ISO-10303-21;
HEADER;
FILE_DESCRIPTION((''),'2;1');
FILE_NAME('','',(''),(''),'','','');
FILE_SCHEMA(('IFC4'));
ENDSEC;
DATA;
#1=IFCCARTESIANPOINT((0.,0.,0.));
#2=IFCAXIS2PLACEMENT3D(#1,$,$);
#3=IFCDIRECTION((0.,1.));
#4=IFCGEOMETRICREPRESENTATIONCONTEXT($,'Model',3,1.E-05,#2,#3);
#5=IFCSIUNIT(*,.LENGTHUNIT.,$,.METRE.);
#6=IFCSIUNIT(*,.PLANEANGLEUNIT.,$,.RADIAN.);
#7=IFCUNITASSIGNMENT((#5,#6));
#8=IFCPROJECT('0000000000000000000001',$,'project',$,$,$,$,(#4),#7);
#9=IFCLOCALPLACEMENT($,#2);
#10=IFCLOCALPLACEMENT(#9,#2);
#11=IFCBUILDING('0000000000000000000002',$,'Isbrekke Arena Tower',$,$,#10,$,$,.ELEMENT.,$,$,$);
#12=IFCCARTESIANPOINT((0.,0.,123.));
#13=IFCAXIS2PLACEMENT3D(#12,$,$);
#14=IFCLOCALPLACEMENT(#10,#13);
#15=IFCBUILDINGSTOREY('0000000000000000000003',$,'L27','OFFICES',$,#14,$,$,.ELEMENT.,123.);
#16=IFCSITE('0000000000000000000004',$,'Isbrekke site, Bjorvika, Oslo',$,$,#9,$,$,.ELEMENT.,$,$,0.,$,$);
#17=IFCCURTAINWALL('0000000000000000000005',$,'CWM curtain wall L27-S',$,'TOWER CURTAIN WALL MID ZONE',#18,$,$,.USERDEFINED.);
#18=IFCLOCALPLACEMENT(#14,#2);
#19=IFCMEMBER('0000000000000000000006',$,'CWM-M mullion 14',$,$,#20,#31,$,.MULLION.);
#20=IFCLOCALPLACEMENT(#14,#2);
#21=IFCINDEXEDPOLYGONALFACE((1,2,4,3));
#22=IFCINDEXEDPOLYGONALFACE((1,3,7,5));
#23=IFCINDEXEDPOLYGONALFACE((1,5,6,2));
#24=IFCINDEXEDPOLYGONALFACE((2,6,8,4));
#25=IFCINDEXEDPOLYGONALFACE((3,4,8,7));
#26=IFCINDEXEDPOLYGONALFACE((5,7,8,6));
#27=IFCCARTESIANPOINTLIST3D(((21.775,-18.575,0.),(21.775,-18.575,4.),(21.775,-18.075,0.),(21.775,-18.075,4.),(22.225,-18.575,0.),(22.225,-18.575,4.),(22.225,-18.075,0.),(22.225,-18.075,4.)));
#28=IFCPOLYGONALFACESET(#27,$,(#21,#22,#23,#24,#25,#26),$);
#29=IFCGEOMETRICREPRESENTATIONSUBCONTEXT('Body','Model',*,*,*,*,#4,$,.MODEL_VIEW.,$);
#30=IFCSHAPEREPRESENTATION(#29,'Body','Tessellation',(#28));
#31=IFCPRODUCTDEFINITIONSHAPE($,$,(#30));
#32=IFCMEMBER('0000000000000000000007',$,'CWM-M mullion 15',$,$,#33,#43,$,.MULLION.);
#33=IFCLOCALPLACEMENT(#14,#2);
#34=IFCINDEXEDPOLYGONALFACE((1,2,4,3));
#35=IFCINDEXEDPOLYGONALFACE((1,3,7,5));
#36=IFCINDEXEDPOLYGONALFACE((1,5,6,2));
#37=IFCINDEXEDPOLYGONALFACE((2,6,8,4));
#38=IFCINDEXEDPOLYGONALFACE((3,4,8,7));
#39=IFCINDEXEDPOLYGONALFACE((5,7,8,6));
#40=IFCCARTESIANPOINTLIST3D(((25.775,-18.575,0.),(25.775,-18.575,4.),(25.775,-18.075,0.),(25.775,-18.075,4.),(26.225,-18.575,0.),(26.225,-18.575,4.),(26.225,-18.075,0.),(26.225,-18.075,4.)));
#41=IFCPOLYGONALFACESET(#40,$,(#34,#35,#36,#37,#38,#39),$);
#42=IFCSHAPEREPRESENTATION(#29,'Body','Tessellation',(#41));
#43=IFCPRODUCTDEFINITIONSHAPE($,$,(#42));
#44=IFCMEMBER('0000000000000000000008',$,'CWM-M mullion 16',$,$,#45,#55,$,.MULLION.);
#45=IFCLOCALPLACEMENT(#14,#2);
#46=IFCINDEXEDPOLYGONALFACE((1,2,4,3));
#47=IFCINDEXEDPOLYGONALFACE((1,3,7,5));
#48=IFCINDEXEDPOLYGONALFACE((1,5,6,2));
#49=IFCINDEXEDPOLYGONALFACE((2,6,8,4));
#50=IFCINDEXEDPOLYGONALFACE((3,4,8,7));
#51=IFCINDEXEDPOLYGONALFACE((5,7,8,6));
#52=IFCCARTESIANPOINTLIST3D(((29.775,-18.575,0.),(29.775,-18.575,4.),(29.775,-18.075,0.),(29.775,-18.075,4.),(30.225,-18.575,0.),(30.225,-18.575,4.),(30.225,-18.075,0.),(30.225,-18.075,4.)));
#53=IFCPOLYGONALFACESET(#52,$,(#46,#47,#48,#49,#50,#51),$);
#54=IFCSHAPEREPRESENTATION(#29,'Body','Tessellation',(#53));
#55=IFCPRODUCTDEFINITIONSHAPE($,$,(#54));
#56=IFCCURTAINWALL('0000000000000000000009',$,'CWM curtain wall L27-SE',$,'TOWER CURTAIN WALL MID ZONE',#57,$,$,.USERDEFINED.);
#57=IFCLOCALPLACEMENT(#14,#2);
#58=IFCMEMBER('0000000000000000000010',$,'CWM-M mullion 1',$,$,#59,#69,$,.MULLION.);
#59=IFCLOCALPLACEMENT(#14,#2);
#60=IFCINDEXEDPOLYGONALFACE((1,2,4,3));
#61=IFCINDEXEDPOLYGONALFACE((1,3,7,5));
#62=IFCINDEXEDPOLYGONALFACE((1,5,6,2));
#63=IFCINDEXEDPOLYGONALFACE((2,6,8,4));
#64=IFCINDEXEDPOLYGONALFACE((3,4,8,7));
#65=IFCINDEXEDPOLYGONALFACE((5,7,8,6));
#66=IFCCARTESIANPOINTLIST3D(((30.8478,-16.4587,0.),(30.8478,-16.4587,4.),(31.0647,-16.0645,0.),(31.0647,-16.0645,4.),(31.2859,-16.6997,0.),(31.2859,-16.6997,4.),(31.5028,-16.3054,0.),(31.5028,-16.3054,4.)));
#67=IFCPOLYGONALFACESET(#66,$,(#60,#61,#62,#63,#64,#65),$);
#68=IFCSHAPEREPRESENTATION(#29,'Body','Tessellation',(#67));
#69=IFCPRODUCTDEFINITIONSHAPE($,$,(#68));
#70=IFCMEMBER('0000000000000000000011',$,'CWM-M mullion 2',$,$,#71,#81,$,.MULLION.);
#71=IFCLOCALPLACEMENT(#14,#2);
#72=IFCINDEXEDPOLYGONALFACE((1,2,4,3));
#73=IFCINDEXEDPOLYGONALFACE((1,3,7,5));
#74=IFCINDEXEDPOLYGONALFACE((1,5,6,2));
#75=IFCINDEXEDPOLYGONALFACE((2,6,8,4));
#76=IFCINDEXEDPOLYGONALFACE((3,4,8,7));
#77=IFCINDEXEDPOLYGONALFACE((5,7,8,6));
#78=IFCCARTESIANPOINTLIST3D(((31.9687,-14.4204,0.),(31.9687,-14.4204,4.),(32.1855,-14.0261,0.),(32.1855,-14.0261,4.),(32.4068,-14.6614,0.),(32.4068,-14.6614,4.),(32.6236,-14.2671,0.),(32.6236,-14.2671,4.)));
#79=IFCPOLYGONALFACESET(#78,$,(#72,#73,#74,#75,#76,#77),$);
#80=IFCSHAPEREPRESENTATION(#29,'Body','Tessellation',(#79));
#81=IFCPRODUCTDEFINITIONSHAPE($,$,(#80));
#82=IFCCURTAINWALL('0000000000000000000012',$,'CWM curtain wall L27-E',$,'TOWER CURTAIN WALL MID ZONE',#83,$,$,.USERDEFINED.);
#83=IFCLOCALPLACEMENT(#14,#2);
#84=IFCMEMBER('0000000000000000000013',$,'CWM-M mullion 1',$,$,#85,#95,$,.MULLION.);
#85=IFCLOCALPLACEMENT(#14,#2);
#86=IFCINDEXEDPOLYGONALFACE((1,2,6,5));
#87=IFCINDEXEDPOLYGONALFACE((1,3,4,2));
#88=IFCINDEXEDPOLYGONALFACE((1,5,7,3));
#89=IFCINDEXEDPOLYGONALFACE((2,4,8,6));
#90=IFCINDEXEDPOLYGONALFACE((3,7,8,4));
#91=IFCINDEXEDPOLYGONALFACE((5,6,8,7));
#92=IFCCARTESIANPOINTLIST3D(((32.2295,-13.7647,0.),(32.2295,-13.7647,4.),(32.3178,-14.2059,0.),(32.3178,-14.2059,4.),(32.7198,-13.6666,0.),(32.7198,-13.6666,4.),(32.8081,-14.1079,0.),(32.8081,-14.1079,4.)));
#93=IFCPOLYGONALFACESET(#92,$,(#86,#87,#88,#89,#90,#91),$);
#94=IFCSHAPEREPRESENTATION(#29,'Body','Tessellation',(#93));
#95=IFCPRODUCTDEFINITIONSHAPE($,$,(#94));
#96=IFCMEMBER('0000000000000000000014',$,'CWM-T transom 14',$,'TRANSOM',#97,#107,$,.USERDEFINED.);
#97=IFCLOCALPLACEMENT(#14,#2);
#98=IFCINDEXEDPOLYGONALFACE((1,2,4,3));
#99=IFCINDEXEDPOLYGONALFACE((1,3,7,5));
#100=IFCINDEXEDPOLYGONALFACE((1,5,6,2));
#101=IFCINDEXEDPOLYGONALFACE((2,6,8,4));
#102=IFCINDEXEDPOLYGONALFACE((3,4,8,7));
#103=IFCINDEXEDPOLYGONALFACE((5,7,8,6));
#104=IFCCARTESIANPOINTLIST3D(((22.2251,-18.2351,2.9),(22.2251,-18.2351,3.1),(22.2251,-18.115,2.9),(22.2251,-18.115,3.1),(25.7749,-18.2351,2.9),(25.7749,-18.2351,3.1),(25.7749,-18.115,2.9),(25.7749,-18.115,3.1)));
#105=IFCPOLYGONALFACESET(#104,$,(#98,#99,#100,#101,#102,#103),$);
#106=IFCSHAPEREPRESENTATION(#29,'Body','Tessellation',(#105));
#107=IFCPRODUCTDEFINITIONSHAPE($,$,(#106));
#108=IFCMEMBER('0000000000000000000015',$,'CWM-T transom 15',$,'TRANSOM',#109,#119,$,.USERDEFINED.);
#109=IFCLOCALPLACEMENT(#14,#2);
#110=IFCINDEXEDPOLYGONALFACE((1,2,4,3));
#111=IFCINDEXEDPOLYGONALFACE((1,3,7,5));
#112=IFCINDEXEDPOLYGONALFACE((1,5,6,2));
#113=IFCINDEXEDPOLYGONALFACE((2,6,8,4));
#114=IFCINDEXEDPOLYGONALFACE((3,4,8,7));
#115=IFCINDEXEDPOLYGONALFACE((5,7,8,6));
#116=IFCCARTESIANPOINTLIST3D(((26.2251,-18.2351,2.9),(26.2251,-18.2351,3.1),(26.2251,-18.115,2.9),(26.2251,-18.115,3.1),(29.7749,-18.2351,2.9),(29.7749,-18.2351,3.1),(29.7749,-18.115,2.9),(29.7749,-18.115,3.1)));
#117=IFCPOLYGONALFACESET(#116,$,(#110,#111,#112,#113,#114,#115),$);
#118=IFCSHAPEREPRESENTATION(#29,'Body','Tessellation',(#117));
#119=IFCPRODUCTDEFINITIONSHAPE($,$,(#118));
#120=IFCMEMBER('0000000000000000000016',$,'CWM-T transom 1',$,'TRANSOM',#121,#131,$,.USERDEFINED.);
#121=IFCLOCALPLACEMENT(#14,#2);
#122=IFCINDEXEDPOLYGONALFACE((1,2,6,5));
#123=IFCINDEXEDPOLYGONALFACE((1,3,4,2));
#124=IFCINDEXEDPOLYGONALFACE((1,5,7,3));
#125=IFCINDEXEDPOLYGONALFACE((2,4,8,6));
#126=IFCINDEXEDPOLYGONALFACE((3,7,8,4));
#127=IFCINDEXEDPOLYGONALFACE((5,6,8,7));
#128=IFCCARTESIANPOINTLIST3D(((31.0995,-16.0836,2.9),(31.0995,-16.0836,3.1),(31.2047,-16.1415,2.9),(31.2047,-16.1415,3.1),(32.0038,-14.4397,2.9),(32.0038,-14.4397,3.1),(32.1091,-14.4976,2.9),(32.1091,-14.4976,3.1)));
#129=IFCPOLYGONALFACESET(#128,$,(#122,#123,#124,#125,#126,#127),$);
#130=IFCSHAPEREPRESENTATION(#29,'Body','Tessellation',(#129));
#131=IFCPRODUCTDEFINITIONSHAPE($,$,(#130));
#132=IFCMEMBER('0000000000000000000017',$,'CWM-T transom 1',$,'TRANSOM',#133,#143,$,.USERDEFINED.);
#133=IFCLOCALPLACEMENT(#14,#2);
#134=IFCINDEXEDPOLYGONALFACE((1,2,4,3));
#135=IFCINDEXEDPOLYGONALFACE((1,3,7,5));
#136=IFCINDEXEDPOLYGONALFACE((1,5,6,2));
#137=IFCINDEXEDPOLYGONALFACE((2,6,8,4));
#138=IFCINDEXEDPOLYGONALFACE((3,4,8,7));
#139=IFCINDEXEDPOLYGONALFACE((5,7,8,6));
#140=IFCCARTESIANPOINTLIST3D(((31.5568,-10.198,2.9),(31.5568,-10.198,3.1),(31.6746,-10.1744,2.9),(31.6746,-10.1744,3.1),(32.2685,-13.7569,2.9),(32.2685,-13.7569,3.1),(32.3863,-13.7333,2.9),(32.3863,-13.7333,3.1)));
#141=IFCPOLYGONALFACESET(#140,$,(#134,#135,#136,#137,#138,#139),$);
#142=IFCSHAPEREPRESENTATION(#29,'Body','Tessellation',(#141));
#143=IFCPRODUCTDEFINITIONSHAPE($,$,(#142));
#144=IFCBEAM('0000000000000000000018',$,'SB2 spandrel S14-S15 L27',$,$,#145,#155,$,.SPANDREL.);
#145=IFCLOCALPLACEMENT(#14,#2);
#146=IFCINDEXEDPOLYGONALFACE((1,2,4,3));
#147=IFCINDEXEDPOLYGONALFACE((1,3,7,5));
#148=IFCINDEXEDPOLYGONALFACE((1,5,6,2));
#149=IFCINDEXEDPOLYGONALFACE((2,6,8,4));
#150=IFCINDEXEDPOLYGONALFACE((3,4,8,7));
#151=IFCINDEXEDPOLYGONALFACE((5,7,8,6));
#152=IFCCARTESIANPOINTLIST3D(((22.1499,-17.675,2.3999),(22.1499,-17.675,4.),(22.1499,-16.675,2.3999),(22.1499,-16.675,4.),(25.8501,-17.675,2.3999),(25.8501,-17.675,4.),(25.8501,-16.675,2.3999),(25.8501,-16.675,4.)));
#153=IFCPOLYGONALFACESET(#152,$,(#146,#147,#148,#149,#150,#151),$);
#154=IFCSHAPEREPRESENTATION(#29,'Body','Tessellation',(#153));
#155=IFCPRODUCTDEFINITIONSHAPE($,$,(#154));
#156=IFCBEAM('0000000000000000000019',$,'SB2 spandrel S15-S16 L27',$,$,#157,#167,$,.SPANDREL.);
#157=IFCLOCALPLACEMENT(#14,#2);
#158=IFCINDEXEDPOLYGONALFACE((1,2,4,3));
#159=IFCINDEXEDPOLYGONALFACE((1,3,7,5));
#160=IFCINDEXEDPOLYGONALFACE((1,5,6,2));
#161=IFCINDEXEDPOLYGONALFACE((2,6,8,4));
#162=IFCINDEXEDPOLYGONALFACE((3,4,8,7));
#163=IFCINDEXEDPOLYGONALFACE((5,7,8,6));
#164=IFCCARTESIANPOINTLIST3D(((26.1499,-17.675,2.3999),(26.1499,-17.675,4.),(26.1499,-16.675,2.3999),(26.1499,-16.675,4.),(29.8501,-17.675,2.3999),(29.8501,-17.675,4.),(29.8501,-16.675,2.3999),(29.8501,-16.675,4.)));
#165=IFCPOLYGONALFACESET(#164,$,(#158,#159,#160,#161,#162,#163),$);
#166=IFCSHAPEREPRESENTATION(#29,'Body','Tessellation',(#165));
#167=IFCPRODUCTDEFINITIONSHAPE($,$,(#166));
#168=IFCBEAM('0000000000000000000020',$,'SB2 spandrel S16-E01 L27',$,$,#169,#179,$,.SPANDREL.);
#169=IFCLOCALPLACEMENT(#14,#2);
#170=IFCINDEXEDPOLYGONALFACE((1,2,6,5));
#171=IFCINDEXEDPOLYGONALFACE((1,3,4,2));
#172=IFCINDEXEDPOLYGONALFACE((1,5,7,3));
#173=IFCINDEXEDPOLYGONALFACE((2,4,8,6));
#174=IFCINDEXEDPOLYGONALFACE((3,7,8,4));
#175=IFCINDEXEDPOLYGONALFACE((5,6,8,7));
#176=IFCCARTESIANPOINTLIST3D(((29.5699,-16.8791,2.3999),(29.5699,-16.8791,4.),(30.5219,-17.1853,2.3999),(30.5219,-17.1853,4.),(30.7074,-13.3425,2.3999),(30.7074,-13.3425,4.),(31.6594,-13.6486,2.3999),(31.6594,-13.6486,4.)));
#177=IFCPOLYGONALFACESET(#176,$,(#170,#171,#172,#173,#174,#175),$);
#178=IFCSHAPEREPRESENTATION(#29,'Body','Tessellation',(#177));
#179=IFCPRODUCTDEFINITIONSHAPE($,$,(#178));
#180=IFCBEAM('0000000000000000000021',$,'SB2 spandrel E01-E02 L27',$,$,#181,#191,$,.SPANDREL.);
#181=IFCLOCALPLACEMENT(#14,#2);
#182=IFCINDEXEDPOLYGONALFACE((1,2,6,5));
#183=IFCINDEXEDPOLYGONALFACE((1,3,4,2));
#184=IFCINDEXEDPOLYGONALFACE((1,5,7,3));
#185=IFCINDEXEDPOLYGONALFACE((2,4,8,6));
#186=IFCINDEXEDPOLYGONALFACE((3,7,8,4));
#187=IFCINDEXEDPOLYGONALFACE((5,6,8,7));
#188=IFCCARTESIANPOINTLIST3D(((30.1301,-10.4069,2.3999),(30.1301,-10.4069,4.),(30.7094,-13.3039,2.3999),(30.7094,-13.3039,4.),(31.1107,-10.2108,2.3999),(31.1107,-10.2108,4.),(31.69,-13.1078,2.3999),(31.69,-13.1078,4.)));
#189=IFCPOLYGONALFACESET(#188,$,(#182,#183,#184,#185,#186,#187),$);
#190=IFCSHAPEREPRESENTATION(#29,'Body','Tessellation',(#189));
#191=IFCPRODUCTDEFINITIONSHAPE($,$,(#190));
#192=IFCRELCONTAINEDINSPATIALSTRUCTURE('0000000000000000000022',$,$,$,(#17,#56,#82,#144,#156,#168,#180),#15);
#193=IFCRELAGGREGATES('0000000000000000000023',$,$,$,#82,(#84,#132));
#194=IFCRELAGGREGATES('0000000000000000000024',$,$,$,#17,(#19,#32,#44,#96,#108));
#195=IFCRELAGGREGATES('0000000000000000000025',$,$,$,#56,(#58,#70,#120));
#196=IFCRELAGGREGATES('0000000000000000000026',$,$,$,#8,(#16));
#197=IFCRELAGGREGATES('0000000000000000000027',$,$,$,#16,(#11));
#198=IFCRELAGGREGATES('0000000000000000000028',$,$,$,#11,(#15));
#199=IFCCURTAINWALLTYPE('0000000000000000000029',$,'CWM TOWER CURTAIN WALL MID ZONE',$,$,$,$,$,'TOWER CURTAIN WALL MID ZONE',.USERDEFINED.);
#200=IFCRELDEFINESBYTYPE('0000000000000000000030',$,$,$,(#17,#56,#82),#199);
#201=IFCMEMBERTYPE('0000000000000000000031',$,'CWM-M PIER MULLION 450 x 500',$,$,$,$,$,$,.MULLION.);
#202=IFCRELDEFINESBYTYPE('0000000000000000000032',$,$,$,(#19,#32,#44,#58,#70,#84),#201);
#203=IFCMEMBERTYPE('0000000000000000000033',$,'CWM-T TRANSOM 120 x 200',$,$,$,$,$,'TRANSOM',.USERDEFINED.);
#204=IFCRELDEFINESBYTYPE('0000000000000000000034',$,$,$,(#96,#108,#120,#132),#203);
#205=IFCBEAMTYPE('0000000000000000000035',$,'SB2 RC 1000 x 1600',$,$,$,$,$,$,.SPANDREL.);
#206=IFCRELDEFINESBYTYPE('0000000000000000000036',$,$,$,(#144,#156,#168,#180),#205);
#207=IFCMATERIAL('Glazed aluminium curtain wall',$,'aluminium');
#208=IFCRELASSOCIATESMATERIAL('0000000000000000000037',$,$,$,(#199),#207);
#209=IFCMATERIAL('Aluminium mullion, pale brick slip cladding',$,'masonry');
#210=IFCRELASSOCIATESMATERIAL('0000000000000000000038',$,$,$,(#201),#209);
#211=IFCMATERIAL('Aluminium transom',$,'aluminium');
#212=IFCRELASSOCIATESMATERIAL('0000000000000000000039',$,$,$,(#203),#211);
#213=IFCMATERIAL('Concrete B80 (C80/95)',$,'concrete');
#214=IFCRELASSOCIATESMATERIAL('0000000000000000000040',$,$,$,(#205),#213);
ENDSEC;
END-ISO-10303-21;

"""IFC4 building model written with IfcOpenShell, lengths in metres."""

from ifc_helpers import new_model, si_unit, direction, frame, origin, origin_2d, place, context, subcontext, project, spatial, rectangle, extrude, material, material_profile, profile_set, type_object, element, aggregate, save


model = new_model("IFC4")

# Units and contexts
model_context = context("Model", 3, precision=1e-05, world=origin(), true_north=direction((0.0, 1.0)))
body_context = subcontext(model_context, "Body", "Model", "MODEL_VIEW")
ifc_project = project(units=[si_unit("LENGTHUNIT", "METRE"), si_unit("PLANEANGLEUNIT", "RADIAN")], contexts=[model_context])

# Site, building, storey
site_placement = place(None, origin())
site = spatial("IfcSite", under=ifc_project, at=site_placement, Name="Isbrekke site, Bjorvika, Oslo", CompositionType="ELEMENT", RefElevation=0.0)
building_placement = place(site_placement, origin())
building = spatial("IfcBuilding", under=site, at=building_placement, Name="Isbrekke Arena Tower", CompositionType="ELEMENT")
storey_placement = place(building_placement, frame((0.0, 0.0, 123.0)))
storey = spatial("IfcBuildingStorey", under=building, at=storey_placement, Name="L27", Description="OFFICES", CompositionType="ELEMENT", Elevation=123.0)

# Curtain walls, members
ifc_material_1 = material(Name="Glazed aluminium curtain wall", Category="aluminium")
curtain_wall_type = type_object("IfcCurtainWallType", Name="CWM TOWER CURTAIN WALL MID ZONE", ElementType="TOWER CURTAIN WALL MID ZONE", PredefinedType="USERDEFINED", material=ifc_material_1)
curtain_wall_1_placement = place(storey_placement, origin())
curtain_wall_1 = element("IfcCurtainWall", 1, at=curtain_wall_1_placement, inside=storey, type_object=curtain_wall_type, Name="CWM curtain wall L27-S", ObjectType="TOWER CURTAIN WALL MID ZONE", PredefinedType="USERDEFINED")
ifc_material_2 = material(Name="Aluminium mullion, pale brick slip cladding", Category="masonry")
ifc_material_profile_1 = material_profile(ifc_material_2, rectangle(XDim=0.45, YDim=0.5, at=origin_2d()), Name="PIER 450X500")
ifc_profile_set_1 = profile_set([ifc_material_profile_1], Name="Aluminium mullion, pale brick slip cladding")
member_type_1 = type_object("IfcMemberType", Name="CWM-M PIER MULLION 450 x 500", PredefinedType="MULLION", material=ifc_profile_set_1)
member_1_placement = place(storey_placement, frame((22.0, -18.325, 0.0), z_axis=(0.0, 0.0, 1.0), x_axis=(1.0, 0.0, 0.0)))
member_1 = element("IfcMember", 2, at=member_1_placement, type_object=member_type_1, Name="CWM-M mullion 14", PredefinedType="MULLION", context=body_context, shape_type="SweptSolid", body=[
    extrude(rectangle(XDim=0.45, YDim=0.5, at=origin_2d()), origin(), (0.0, 0.0, 1.0), 4.0),
])
member_2_placement = place(storey_placement, frame((26.0, -18.325, 0.0), z_axis=(0.0, 0.0, 1.0), x_axis=(1.0, 0.0, 0.0)))
member_2 = element("IfcMember", 3, at=member_2_placement, type_object=member_type_1, Name="CWM-M mullion 15", PredefinedType="MULLION", context=body_context, shape_type="SweptSolid", body=[
    extrude(rectangle(XDim=0.45, YDim=0.5, at=origin_2d()), origin(), (0.0, 0.0, 1.0), 4.0),
])
member_3_placement = place(storey_placement, frame((30.0, -18.325, 0.0), z_axis=(0.0, 0.0, 1.0), x_axis=(1.0, 0.0, 0.0)))
member_3 = element("IfcMember", 4, at=member_3_placement, type_object=member_type_1, Name="CWM-M mullion 16", PredefinedType="MULLION", context=body_context, shape_type="SweptSolid", body=[
    extrude(rectangle(XDim=0.45, YDim=0.5, at=origin_2d()), origin(), (0.0, 0.0, 1.0), 4.0),
])
curtain_wall_2_placement = place(storey_placement, origin())
curtain_wall_2 = element("IfcCurtainWall", 5, at=curtain_wall_2_placement, inside=storey, type_object=curtain_wall_type, Name="CWM curtain wall L27-SE", ObjectType="TOWER CURTAIN WALL MID ZONE", PredefinedType="USERDEFINED")
member_4_placement = place(storey_placement, frame((31.1753, -16.3821, 0.0), z_axis=(0.0, 0.0, 1.0), x_axis=(0.481919, 0.876216, 0.0)))
member_4 = element("IfcMember", 6, at=member_4_placement, type_object=member_type_1, Name="CWM-M mullion 1", PredefinedType="MULLION", context=body_context, shape_type="SweptSolid", body=[
    extrude(rectangle(XDim=0.45, YDim=0.5, at=origin_2d()), origin(), (0.0, 0.0, 1.0), 4.0),
])
member_5_placement = place(storey_placement, frame((32.2961, -14.3438, 0.0), z_axis=(0.0, 0.0, 1.0), x_axis=(0.481919, 0.876216, 0.0)))
member_5 = element("IfcMember", 7, at=member_5_placement, type_object=member_type_1, Name="CWM-M mullion 2", PredefinedType="MULLION", context=body_context, shape_type="SweptSolid", body=[
    extrude(rectangle(XDim=0.45, YDim=0.5, at=origin_2d()), origin(), (0.0, 0.0, 1.0), 4.0),
])

# Curtain wall, member
curtain_wall_3_placement = place(storey_placement, origin())
curtain_wall_3 = element("IfcCurtainWall", 8, at=curtain_wall_3_placement, inside=storey, type_object=curtain_wall_type, Name="CWM curtain wall L27-E", ObjectType="TOWER CURTAIN WALL MID ZONE", PredefinedType="USERDEFINED")
member_6_placement = place(storey_placement, frame((32.5188, -13.9363, 0.0), z_axis=(0.0, 0.0, 1.0), x_axis=(-0.196116, 0.980581, 0.0)))
member_6 = element("IfcMember", 9, at=member_6_placement, type_object=member_type_1, Name="CWM-M mullion 1", PredefinedType="MULLION", context=body_context, shape_type="SweptSolid", body=[
    extrude(rectangle(XDim=0.45, YDim=0.5, at=origin_2d()), origin(), (0.0, 0.0, 1.0), 4.0),
])

# Members
ifc_material_3 = material(Name="Aluminium transom", Category="aluminium")
ifc_material_profile_2 = material_profile(ifc_material_3, rectangle(XDim=0.1201, YDim=0.2, at=origin_2d()), Name="TRANSOM 120X200")
ifc_profile_set_2 = profile_set([ifc_material_profile_2], Name="Aluminium transom")
member_type_2 = type_object("IfcMemberType", Name="CWM-T TRANSOM 120 x 200", ElementType="TRANSOM", PredefinedType="USERDEFINED", material=ifc_profile_set_2)
member_7_placement = place(storey_placement, frame((22.2251, -18.175, 3.0), z_axis=(1.0, 0.0, 0.0), x_axis=(0.0, 1.0, 0.0)))
member_7 = element("IfcMember", 10, at=member_7_placement, type_object=member_type_2, Name="CWM-T transom 14", ObjectType="TRANSOM", PredefinedType="USERDEFINED", context=body_context, shape_type="SweptSolid", body=[
    extrude(rectangle(XDim=0.1201, YDim=0.2, at=origin_2d()), origin(), (0.0, 0.0, 1.0), 3.5498),
])
member_8_placement = place(storey_placement, frame((26.2251, -18.175, 3.0), z_axis=(1.0, 0.0, 0.0), x_axis=(0.0, 1.0, 0.0)))
member_8 = element("IfcMember", 11, at=member_8_placement, type_object=member_type_2, Name="CWM-T transom 15", ObjectType="TRANSOM", PredefinedType="USERDEFINED", context=body_context, shape_type="SweptSolid", body=[
    extrude(rectangle(XDim=0.1201, YDim=0.2, at=origin_2d()), origin(), (0.0, 0.0, 1.0), 3.5498),
])
member_9_placement = place(storey_placement, frame((31.1521, -16.1125, 3.0), z_axis=(0.482004, 0.876169, 0.0), x_axis=(-0.876169, 0.482004, 0.0)))
member_9 = element("IfcMember", 12, at=member_9_placement, type_object=member_type_2, Name="CWM-T transom 1", ObjectType="TRANSOM", PredefinedType="USERDEFINED", context=body_context, shape_type="SweptSolid", body=[
    extrude(rectangle(XDim=0.1201, YDim=0.2, at=origin_2d()), origin(), (0.0, 0.0, 1.0), 1.8762),
])
member_10_placement = place(storey_placement, frame((32.3274, -13.7451, 3.0), z_axis=(-0.19609, 0.980586, 0.0), x_axis=(-0.980586, -0.19609, 0.0)))
member_10 = element("IfcMember", 13, at=member_10_placement, type_object=member_type_2, Name="CWM-T transom 1", ObjectType="TRANSOM", PredefinedType="USERDEFINED", context=body_context, shape_type="SweptSolid", body=[
    extrude(rectangle(XDim=0.1201, YDim=0.2, at=origin_2d()), origin(), (0.0, 0.0, 1.0), 3.6294),
])
aggregate(curtain_wall_3, [member_6, member_10])

# Beams
ifc_material_4 = material(Name="Concrete B80 (C80/95)", Category="concrete")
ifc_material_profile_3 = material_profile(ifc_material_4, rectangle(XDim=1.0, YDim=1.6001, at=origin_2d()), Name="RC 1000x1600")
ifc_profile_set_3 = profile_set([ifc_material_profile_3], Name="Concrete B80 (C80/95)")
beam_type_1 = type_object("IfcBeamType", Name="SB2 RC 1000 x 1600", PredefinedType="SPANDREL", material=ifc_profile_set_3)
for number, where, z_axis, x_axis, name in (
    (14, (22.1499, -17.175, 3.2), (1.0, 0.0, 0.0), (0.0, 1.0, 0.0), "SB2 spandrel S14-S15 L27"),
    (15, (26.1499, -17.175, 3.2), (1.0, 0.0, 0.0), (0.0, 1.0, 0.0), "SB2 spandrel S15-S16 L27"),
):
    element("IfcBeam", number, at=place(storey_placement, frame(where, z_axis=z_axis, x_axis=x_axis)), inside=storey, type_object=beam_type_1, Name=name, PredefinedType="SPANDREL", context=body_context, shape_type="SweptSolid", body=[
        extrude(rectangle(XDim=1.0, YDim=1.6001, at=origin_2d()), origin(), (0.0, 0.0, 1.0), 3.7002),
    ])
beam_1_placement = place(storey_placement, frame((30.0459, -17.0322, 3.2), z_axis=(0.306175, 0.951975, 0.0), x_axis=(-0.951975, 0.306175, 0.0)))
element("IfcBeam", 16, at=beam_1_placement, inside=storey, type_object=beam_type_1, Name="SB2 spandrel S16-E01 L27", PredefinedType="SPANDREL", context=body_context, shape_type="SweptSolid", body=[
    extrude(rectangle(XDim=1.0, YDim=1.6001, at=origin_2d()), origin(), (0.0, 0.0, 1.0), 3.7151),
])
beam_2_placement = place(storey_placement, frame((31.1997, -13.2058, 3.2), z_axis=(-0.1961, 0.980584, 0.0), x_axis=(-0.980584, -0.1961, 0.0)))
element("IfcBeam", 17, at=beam_2_placement, inside=storey, type_object=beam_type_1, Name="SB2 spandrel E01-E02 L27", PredefinedType="SPANDREL", context=body_context, shape_type="SweptSolid", body=[
    extrude(rectangle(XDim=1.0, YDim=1.6001, at=origin_2d()), origin(), (0.0, 0.0, 1.0), 2.9543),
])

aggregate(curtain_wall_1, [member_1, member_2, member_3, member_7, member_8])
aggregate(curtain_wall_2, [member_4, member_5, member_9])

save(model, "model.ifc")
